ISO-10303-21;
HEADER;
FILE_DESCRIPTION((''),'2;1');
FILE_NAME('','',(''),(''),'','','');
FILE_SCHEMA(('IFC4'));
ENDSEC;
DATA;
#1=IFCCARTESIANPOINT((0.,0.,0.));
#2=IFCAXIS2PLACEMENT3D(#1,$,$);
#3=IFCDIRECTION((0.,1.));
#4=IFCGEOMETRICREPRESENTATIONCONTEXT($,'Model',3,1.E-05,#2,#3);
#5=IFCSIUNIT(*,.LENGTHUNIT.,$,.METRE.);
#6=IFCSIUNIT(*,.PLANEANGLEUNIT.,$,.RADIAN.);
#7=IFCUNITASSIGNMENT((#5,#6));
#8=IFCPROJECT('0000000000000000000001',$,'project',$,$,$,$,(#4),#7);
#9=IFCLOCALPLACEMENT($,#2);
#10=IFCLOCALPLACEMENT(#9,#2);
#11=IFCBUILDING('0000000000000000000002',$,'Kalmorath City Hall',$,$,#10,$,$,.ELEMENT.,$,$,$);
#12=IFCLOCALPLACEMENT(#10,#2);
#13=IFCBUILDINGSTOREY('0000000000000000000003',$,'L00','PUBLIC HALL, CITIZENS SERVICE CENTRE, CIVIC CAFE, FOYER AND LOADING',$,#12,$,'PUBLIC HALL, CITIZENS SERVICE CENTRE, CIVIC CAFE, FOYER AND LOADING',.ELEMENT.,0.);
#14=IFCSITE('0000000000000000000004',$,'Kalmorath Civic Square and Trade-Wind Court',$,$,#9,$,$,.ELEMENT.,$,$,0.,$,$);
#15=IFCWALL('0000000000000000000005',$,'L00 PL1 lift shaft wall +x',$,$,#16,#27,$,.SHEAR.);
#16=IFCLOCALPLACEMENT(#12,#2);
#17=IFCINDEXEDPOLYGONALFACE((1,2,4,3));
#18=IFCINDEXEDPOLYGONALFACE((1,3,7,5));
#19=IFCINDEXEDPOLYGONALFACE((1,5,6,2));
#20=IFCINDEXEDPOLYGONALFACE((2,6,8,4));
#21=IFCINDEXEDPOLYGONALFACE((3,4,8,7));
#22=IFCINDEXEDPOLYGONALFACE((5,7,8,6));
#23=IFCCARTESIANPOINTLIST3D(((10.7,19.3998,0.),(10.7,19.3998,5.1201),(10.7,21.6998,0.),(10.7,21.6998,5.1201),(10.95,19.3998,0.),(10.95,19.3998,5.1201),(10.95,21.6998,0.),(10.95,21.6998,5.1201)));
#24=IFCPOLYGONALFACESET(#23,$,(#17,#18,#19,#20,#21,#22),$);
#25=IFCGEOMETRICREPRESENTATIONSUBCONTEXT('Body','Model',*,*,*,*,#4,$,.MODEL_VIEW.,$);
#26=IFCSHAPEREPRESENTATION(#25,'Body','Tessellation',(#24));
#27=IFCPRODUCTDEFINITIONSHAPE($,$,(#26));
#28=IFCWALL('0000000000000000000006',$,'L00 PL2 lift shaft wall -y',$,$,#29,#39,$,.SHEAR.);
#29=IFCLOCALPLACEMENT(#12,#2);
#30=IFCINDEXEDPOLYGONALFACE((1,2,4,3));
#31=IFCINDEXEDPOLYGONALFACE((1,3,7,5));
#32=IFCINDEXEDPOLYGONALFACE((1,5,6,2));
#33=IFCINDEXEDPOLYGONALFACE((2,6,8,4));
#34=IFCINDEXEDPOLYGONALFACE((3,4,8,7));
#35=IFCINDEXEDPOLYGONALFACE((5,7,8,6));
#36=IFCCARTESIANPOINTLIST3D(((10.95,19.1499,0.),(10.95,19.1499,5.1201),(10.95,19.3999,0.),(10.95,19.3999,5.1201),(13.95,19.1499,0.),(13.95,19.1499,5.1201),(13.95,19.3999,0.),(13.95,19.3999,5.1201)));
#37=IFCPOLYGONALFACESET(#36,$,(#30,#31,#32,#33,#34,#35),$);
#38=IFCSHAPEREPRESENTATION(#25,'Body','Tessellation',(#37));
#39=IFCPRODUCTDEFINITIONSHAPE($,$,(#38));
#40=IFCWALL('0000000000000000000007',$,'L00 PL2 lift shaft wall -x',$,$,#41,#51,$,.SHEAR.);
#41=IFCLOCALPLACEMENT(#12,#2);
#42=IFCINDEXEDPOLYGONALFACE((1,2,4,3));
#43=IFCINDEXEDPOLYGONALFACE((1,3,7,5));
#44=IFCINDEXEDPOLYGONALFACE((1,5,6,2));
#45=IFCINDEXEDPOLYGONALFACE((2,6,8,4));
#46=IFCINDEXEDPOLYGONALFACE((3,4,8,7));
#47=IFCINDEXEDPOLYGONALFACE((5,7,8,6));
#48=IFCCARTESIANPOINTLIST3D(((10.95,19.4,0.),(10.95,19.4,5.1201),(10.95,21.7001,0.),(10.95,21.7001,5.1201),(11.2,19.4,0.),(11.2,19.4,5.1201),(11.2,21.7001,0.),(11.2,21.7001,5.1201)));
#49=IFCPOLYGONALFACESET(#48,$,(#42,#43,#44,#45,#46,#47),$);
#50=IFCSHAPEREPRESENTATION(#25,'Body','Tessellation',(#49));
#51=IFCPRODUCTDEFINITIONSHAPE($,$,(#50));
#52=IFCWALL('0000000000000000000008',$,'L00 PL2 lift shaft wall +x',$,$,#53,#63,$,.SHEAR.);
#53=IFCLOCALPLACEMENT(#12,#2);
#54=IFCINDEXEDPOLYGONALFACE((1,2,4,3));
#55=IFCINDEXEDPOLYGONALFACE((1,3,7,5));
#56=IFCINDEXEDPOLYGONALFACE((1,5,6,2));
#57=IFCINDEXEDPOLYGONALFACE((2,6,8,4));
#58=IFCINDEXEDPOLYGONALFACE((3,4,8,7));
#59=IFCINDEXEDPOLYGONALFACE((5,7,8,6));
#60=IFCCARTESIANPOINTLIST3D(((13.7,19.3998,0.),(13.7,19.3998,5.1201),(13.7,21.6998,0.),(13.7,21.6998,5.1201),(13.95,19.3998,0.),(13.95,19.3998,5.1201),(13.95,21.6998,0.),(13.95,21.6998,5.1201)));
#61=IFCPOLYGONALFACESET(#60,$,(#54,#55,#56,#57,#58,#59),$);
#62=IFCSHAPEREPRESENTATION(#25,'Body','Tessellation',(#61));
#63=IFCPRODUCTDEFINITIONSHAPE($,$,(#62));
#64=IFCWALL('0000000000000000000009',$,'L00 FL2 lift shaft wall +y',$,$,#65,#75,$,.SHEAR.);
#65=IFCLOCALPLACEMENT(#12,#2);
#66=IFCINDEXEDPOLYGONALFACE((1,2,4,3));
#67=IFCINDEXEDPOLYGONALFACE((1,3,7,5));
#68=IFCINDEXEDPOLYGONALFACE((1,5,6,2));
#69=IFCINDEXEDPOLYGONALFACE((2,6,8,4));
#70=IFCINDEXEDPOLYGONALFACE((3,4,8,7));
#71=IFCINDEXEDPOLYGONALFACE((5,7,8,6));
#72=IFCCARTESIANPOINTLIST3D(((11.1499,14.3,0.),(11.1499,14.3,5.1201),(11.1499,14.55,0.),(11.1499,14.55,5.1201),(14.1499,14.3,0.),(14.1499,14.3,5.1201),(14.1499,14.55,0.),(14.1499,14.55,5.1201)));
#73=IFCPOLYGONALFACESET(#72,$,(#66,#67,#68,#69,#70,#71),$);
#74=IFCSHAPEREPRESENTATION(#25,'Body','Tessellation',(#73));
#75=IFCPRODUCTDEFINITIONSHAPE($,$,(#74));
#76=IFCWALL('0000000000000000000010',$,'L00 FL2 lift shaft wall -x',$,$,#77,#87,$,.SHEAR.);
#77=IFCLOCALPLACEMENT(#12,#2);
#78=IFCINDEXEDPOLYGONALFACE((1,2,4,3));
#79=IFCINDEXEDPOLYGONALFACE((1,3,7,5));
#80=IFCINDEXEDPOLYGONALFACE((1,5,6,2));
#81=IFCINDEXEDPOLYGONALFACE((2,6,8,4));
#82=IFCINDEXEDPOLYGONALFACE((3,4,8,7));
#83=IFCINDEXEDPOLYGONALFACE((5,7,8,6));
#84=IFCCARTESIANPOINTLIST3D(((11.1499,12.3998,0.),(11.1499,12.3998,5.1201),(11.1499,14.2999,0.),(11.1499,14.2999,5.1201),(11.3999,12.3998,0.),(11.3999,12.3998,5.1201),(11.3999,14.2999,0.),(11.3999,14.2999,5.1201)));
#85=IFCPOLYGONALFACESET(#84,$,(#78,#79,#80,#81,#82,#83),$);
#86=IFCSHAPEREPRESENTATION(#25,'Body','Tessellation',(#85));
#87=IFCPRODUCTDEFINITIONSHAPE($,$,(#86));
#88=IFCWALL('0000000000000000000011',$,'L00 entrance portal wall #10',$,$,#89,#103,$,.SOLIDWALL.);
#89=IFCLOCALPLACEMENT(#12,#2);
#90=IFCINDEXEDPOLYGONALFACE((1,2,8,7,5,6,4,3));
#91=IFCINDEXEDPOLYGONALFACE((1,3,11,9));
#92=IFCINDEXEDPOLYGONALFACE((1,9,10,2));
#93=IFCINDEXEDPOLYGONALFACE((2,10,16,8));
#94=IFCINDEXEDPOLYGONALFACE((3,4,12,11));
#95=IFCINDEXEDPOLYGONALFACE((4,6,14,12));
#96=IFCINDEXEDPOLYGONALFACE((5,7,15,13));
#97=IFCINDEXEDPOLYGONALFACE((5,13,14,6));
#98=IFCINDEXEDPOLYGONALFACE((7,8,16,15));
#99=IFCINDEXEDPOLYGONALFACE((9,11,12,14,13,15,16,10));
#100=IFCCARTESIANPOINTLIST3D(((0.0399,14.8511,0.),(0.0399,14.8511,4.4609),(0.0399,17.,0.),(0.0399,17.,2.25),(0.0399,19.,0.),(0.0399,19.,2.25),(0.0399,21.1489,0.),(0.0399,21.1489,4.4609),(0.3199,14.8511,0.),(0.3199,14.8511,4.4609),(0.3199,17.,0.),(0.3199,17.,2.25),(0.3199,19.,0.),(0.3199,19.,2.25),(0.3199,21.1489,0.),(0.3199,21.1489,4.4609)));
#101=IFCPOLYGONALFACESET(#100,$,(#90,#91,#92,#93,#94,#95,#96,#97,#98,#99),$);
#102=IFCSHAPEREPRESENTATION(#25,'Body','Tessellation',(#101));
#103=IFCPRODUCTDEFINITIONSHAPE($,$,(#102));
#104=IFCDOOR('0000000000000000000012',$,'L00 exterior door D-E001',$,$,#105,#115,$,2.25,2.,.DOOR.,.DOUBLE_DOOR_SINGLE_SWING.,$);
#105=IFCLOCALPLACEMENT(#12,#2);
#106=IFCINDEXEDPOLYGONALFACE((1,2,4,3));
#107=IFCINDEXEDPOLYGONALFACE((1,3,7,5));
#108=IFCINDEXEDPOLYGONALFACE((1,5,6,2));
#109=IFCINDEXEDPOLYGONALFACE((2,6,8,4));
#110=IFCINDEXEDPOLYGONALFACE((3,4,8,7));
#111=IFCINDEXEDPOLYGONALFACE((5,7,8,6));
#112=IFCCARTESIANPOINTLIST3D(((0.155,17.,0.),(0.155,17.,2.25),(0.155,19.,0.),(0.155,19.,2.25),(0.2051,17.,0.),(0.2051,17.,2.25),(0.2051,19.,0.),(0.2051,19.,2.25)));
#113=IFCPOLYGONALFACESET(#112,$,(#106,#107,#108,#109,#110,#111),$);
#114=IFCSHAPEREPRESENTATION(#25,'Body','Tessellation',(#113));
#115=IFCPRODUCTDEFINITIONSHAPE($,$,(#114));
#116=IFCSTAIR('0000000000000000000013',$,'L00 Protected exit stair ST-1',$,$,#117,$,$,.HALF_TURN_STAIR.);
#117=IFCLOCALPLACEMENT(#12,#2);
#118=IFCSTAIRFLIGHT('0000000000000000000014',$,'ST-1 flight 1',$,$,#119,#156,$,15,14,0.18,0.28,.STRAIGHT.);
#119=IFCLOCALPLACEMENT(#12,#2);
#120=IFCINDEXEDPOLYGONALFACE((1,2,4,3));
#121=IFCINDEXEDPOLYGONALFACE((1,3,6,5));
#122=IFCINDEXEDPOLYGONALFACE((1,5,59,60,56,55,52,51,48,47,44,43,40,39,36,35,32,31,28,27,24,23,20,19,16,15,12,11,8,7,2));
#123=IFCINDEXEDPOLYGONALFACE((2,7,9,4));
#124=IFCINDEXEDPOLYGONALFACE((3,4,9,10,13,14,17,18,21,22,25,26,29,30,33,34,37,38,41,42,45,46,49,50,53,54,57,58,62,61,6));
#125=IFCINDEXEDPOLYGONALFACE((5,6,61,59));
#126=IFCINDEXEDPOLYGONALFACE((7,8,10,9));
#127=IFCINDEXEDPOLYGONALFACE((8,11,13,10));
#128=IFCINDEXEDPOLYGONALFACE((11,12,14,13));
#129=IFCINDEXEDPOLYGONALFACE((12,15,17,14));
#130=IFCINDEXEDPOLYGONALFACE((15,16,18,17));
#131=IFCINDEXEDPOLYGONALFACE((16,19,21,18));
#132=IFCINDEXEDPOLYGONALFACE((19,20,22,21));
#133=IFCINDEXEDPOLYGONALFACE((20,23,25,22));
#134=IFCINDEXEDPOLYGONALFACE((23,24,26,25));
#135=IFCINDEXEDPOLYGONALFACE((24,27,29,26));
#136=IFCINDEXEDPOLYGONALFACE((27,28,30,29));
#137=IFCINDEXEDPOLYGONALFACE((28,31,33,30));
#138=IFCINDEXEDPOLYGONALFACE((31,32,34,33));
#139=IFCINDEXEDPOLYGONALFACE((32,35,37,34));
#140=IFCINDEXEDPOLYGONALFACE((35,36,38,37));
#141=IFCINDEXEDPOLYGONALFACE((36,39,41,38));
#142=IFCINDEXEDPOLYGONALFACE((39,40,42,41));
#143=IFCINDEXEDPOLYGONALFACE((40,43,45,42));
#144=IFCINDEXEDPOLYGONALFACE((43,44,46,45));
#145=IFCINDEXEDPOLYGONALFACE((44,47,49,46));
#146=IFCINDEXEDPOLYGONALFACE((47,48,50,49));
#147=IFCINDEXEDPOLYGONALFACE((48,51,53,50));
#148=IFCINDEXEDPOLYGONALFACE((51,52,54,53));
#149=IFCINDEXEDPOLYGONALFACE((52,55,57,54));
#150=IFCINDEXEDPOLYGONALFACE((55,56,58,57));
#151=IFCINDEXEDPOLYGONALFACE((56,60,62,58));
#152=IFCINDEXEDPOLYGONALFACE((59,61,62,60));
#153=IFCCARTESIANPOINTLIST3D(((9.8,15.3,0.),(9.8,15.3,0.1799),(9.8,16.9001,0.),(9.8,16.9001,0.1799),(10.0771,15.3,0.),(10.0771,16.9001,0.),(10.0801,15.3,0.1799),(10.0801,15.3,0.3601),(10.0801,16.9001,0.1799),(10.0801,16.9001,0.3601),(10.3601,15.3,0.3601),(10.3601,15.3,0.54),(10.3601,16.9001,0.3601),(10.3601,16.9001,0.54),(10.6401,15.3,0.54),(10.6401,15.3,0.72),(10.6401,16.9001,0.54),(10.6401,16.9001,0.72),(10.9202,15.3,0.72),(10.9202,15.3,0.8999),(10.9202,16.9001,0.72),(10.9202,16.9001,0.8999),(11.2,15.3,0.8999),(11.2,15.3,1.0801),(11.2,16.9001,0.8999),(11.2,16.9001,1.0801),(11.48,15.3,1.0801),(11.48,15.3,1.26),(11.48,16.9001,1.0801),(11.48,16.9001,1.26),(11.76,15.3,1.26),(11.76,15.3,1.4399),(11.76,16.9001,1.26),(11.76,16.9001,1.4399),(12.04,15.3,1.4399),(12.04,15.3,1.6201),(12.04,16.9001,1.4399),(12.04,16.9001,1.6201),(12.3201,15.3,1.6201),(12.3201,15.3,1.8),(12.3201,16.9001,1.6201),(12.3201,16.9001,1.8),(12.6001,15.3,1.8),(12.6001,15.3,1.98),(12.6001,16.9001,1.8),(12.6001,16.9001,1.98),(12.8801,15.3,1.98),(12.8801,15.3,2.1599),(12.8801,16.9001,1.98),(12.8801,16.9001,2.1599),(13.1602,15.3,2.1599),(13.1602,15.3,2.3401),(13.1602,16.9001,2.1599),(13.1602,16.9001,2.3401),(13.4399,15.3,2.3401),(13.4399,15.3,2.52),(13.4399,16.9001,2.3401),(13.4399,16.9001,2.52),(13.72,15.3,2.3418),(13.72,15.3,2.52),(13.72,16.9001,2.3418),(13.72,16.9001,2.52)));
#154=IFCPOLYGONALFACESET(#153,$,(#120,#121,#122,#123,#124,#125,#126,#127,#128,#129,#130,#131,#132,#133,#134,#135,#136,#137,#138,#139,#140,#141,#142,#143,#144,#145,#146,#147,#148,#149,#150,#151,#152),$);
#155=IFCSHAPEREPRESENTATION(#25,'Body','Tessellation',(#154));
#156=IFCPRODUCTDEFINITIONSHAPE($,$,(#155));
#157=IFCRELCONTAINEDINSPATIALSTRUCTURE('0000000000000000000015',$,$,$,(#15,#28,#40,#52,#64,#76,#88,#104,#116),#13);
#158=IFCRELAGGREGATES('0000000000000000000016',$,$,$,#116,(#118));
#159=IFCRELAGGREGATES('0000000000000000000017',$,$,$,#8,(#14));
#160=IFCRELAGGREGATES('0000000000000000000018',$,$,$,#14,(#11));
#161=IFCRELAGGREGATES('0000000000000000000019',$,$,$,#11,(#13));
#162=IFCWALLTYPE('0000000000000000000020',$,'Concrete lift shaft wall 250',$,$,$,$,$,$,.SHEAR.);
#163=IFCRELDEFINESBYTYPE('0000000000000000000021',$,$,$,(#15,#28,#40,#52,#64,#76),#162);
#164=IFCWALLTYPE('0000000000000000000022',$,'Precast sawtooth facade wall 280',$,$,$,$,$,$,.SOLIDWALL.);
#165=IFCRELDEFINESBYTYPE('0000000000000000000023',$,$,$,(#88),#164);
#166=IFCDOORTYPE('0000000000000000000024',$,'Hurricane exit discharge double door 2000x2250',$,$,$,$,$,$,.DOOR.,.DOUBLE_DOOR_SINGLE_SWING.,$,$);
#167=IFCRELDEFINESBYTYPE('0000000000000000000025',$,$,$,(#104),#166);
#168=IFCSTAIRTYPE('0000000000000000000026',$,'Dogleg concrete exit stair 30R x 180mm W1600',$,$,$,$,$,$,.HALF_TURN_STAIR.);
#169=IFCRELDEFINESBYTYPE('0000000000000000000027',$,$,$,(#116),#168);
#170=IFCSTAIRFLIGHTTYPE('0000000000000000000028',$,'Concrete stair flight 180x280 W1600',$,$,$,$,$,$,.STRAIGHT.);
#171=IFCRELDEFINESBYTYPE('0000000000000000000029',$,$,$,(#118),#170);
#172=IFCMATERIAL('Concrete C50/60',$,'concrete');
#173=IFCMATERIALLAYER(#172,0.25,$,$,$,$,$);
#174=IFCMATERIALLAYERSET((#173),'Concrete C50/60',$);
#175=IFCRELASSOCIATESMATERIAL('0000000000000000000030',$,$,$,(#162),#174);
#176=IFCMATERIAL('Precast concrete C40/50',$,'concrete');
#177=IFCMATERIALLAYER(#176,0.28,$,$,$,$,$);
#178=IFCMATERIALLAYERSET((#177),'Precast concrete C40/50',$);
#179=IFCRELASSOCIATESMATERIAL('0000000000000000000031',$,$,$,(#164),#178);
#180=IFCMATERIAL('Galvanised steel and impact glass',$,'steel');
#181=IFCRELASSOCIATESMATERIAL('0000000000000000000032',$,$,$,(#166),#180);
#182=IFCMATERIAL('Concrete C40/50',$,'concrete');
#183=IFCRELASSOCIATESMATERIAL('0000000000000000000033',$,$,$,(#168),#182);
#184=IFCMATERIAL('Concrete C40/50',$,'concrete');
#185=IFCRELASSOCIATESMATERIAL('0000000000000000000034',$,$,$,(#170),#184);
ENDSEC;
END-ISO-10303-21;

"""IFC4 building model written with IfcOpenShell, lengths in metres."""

from ifc_helpers import new_model, si_unit, direction, frame, frame_2d, origin, place, context, subcontext, project, spatial, polyline, rectangle, outline, extrude, material, layer, layer_set, type_object, element, fill, aggregate, save


model = new_model("IFC4")

# Units and contexts
model_context = context("Model", 3, precision=1e-05, world=origin(), true_north=direction((0.0, 1.0)))
body_context = subcontext(model_context, "Body", "Model", "MODEL_VIEW")
ifc_project = project(units=[si_unit("LENGTHUNIT", "METRE"), si_unit("PLANEANGLEUNIT", "RADIAN")], contexts=[model_context])

# Site, building, storey
site_placement = place(None, origin())
site = spatial("IfcSite", under=ifc_project, at=site_placement, Name="Kalmorath Civic Square and Trade-Wind Court", CompositionType="ELEMENT", RefElevation=0.0)
building_placement = place(site_placement, origin())
building = spatial("IfcBuilding", under=site, at=building_placement, Name="Kalmorath City Hall", CompositionType="ELEMENT")
storey_placement = place(building_placement, origin())
storey = spatial("IfcBuildingStorey", under=building, at=storey_placement, Name="L00", Description="PUBLIC HALL, CITIZENS SERVICE CENTRE, CIVIC CAFE, FOYER AND LOADING", LongName="PUBLIC HALL, CITIZENS SERVICE CENTRE, CIVIC CAFE, FOYER AND LOADING", CompositionType="ELEMENT", Elevation=0.0)

# Shared definitions
ifc_material_1 = material(Name="Concrete C50/60", Category="concrete")
ifc_layer_1 = layer(ifc_material_1, 0.25)
ifc_layer_set_1 = layer_set([ifc_layer_1], Name="Concrete C50/60")
wall_type_1 = type_object("IfcWallType", Name="Concrete lift shaft wall 250", PredefinedType="SHEAR", material=ifc_layer_set_1)

# Walls
for number, where, z_axis, x_axis, name in (
    (1, (10.825, 19.3999, 0.0), (0.0, 0.0, 1.0), (0.0, 1.0, 0.0), "L00 PL1 lift shaft wall +x"),
):
    element("IfcWall", number, at=place(storey_placement, frame(where, z_axis=z_axis, x_axis=x_axis)), inside=storey, type_object=wall_type_1, Name=name, PredefinedType="SHEAR", context=body_context, shape_type="SweptSolid", body=[
        extrude(rectangle(XDim=2.3, YDim=0.25, at=frame_2d((1.1499, 0.0))), origin(), (0.0, 0.0, 1.0), 5.1201),
    ])
wall_1_placement = place(storey_placement, frame((10.95, 19.2749, 0.0), z_axis=(0.0, 0.0, 1.0), x_axis=(1.0, 0.0, 0.0)))
element("IfcWall", 2, at=wall_1_placement, inside=storey, type_object=wall_type_1, Name="L00 PL2 lift shaft wall -y", PredefinedType="SHEAR", context=body_context, shape_type="SweptSolid", body=[
    extrude(rectangle(XDim=3.0, YDim=0.25, at=frame_2d((1.5, 0.0))), origin(), (0.0, 0.0, 1.0), 5.1201),
])
for number, where, z_axis, x_axis, name in (
    (3, (11.075, 21.7, 0.0), (0.0, 0.0, 1.0), (0.0, -1.0, 0.0), "L00 PL2 lift shaft wall -x"),
    (4, (13.825, 19.3999, 0.0), (0.0, 0.0, 1.0), (0.0, 1.0, 0.0), "L00 PL2 lift shaft wall +x"),
):
    element("IfcWall", number, at=place(storey_placement, frame(where, z_axis=z_axis, x_axis=x_axis)), inside=storey, type_object=wall_type_1, Name=name, PredefinedType="SHEAR", context=body_context, shape_type="SweptSolid", body=[
        extrude(rectangle(XDim=2.3, YDim=0.25, at=frame_2d((1.1499, 0.0))), origin(), (0.0, 0.0, 1.0), 5.1201),
    ])
wall_2_placement = place(storey_placement, frame((14.1499, 14.425, 0.0), z_axis=(0.0, 0.0, 1.0), x_axis=(-1.0, 0.0, 0.0)))
element("IfcWall", 5, at=wall_2_placement, inside=storey, type_object=wall_type_1, Name="L00 FL2 lift shaft wall +y", PredefinedType="SHEAR", context=body_context, shape_type="SweptSolid", body=[
    extrude(rectangle(XDim=3.0, YDim=0.25, at=frame_2d((1.5, 0.0))), origin(), (0.0, 0.0, 1.0), 5.1201),
])
wall_3_placement = place(storey_placement, frame((11.2749, 14.3, 0.0), z_axis=(0.0, 0.0, 1.0), x_axis=(0.0, -1.0, 0.0)))
element("IfcWall", 6, at=wall_3_placement, inside=storey, type_object=wall_type_1, Name="L00 FL2 lift shaft wall -x", PredefinedType="SHEAR", context=body_context, shape_type="SweptSolid", body=[
    extrude(rectangle(XDim=1.9001, YDim=0.25, at=frame_2d((0.9502, 0.0))), origin(), (0.0, 0.0, 1.0), 5.1201),
])

# Wall, opening, door
ifc_material_2 = material(Name="Precast concrete C40/50", Category="concrete")
ifc_layer_2 = layer(ifc_material_2, 0.28)
ifc_layer_set_2 = layer_set([ifc_layer_2], Name="Precast concrete C40/50")
wall_type_2 = type_object("IfcWallType", Name="Precast sawtooth facade wall 280", PredefinedType="SOLIDWALL", material=ifc_layer_set_2)
wall_4_placement = place(storey_placement, frame((0.1799, 14.8511, 0.0), z_axis=(0.0, 0.0, 1.0), x_axis=(0.0, 1.0, 0.0)))
wall_4 = element("IfcWall", 7, at=wall_4_placement, inside=storey, type_object=wall_type_2, Name="L00 entrance portal wall #10", PredefinedType="SOLIDWALL", context=body_context, shape_type="SweptSolid", body=[
    extrude(rectangle(XDim=6.2979, YDim=0.28, at=frame_2d((3.1489, 0.0))), origin(), (0.0, 0.0, 1.0), 4.4609),
])
opening_1_placement = place(wall_4_placement, frame((2.1489, 0.0, 0.0)))
opening_1 = element("IfcOpeningElement", 8, at=opening_1_placement, cuts=wall_4, PredefinedType="OPENING", context=body_context, shape_type="SweptSolid", body=[
    extrude(rectangle(XDim=2.0, YDim=2.25, at=frame_2d((1.0, 1.125))), frame((0.0, 0.1499, 0.0), z_axis=(0.0, -1.0, 0.0), x_axis=(1.0, 0.0, 0.0)), (0.0, 0.0, 1.0), 0.3),
])
ifc_material_3 = material(Name="Galvanised steel and impact glass", Category="steel")
door_type_1 = type_object("IfcDoorType", Name="Hurricane exit discharge double door 2000x2250", OperationType="DOUBLE_DOOR_SINGLE_SWING", PredefinedType="DOOR", material=ifc_material_3)
door_1_placement = place(opening_1_placement, origin())
door_1 = element("IfcDoor", 9, at=door_1_placement, inside=storey, type_object=door_type_1, Name="L00 exterior door D-E001", OperationType="DOUBLE_DOOR_SINGLE_SWING", OverallHeight=2.25, OverallWidth=2.0, PredefinedType="DOOR", context=body_context, shape_type="SweptSolid", body=[
    extrude(rectangle(XDim=2.0, YDim=2.25, at=frame_2d((1.0, 1.125))), frame((0.0, 0.0249, 0.0), z_axis=(0.0, -1.0, 0.0), x_axis=(1.0, 0.0, 0.0)), (0.0, 0.0, 1.0), 0.05),
])
fill(opening_1, door_1)

# Stair, stair flight
ifc_material_4 = material(Name="Concrete C40/50", Category="concrete")
stair_type = type_object("IfcStairType", Name="Dogleg concrete exit stair 30R x 180mm W1600", PredefinedType="HALF_TURN_STAIR", material=ifc_material_4)
stair_placement = place(storey_placement, origin())
stair = element("IfcStair", 10, at=stair_placement, inside=storey, type_object=stair_type, Name="L00 Protected exit stair ST-1", PredefinedType="HALF_TURN_STAIR")
ifc_material_5 = material(Name="Concrete C40/50", Category="concrete")
stair_flight_type = type_object("IfcStairFlightType", Name="Concrete stair flight 180x280 W1600", PredefinedType="STRAIGHT", material=ifc_material_5)
stair_flight_1_placement = place(storey_placement, frame((9.8, 16.1001, 0.0), z_axis=(0.0, 0.0, 1.0), x_axis=(1.0, 0.0, 0.0)))
stair_flight_1 = element("IfcStairFlight", 11, at=stair_flight_1_placement, type_object=stair_flight_type, Name="ST-1 flight 1", NumberOfRisers=15, NumberOfTreads=14, PredefinedType="STRAIGHT", RiserHeight=0.18, TreadLength=0.28, context=body_context, shape_type="SweptSolid", body=[
    extrude(outline(polyline([(0.0, 0.0), (0.0, 0.1799), (0.28, 0.1799), (0.28, 0.3601), (0.5601, 0.3601), (0.5601, 0.54), (0.8401, 0.54), (0.8401, 0.72), (1.1201, 0.72), (1.1201, 0.8999), (1.3999, 0.8999), (1.3999, 1.0801), (1.6799, 1.0801), (1.6799, 1.26), (1.96, 1.26), (1.96, 1.4399), (2.24, 1.4399), (2.24, 1.6201), (2.52, 1.6201), (2.52, 1.8), (2.8, 1.8), (2.8, 1.98), (3.0801, 1.98), (3.0801, 2.1599), (3.3601, 2.1599), (3.3601, 2.3401), (3.6399, 2.3401), (3.6399, 2.52), (3.9199, 2.52), (3.9199, 2.7), (3.9199, 2.3418), (0.2771, 0.0), (0.0, 0.0)])), frame((0.0, 0.8, 0.0), z_axis=(0.0, -1.0, 0.0), x_axis=(1.0, 0.0, 0.0)), (0.0, 0.0, 1.0), 1.6001),
])
aggregate(stair, [stair_flight_1])

save(model, "model.ifc")
